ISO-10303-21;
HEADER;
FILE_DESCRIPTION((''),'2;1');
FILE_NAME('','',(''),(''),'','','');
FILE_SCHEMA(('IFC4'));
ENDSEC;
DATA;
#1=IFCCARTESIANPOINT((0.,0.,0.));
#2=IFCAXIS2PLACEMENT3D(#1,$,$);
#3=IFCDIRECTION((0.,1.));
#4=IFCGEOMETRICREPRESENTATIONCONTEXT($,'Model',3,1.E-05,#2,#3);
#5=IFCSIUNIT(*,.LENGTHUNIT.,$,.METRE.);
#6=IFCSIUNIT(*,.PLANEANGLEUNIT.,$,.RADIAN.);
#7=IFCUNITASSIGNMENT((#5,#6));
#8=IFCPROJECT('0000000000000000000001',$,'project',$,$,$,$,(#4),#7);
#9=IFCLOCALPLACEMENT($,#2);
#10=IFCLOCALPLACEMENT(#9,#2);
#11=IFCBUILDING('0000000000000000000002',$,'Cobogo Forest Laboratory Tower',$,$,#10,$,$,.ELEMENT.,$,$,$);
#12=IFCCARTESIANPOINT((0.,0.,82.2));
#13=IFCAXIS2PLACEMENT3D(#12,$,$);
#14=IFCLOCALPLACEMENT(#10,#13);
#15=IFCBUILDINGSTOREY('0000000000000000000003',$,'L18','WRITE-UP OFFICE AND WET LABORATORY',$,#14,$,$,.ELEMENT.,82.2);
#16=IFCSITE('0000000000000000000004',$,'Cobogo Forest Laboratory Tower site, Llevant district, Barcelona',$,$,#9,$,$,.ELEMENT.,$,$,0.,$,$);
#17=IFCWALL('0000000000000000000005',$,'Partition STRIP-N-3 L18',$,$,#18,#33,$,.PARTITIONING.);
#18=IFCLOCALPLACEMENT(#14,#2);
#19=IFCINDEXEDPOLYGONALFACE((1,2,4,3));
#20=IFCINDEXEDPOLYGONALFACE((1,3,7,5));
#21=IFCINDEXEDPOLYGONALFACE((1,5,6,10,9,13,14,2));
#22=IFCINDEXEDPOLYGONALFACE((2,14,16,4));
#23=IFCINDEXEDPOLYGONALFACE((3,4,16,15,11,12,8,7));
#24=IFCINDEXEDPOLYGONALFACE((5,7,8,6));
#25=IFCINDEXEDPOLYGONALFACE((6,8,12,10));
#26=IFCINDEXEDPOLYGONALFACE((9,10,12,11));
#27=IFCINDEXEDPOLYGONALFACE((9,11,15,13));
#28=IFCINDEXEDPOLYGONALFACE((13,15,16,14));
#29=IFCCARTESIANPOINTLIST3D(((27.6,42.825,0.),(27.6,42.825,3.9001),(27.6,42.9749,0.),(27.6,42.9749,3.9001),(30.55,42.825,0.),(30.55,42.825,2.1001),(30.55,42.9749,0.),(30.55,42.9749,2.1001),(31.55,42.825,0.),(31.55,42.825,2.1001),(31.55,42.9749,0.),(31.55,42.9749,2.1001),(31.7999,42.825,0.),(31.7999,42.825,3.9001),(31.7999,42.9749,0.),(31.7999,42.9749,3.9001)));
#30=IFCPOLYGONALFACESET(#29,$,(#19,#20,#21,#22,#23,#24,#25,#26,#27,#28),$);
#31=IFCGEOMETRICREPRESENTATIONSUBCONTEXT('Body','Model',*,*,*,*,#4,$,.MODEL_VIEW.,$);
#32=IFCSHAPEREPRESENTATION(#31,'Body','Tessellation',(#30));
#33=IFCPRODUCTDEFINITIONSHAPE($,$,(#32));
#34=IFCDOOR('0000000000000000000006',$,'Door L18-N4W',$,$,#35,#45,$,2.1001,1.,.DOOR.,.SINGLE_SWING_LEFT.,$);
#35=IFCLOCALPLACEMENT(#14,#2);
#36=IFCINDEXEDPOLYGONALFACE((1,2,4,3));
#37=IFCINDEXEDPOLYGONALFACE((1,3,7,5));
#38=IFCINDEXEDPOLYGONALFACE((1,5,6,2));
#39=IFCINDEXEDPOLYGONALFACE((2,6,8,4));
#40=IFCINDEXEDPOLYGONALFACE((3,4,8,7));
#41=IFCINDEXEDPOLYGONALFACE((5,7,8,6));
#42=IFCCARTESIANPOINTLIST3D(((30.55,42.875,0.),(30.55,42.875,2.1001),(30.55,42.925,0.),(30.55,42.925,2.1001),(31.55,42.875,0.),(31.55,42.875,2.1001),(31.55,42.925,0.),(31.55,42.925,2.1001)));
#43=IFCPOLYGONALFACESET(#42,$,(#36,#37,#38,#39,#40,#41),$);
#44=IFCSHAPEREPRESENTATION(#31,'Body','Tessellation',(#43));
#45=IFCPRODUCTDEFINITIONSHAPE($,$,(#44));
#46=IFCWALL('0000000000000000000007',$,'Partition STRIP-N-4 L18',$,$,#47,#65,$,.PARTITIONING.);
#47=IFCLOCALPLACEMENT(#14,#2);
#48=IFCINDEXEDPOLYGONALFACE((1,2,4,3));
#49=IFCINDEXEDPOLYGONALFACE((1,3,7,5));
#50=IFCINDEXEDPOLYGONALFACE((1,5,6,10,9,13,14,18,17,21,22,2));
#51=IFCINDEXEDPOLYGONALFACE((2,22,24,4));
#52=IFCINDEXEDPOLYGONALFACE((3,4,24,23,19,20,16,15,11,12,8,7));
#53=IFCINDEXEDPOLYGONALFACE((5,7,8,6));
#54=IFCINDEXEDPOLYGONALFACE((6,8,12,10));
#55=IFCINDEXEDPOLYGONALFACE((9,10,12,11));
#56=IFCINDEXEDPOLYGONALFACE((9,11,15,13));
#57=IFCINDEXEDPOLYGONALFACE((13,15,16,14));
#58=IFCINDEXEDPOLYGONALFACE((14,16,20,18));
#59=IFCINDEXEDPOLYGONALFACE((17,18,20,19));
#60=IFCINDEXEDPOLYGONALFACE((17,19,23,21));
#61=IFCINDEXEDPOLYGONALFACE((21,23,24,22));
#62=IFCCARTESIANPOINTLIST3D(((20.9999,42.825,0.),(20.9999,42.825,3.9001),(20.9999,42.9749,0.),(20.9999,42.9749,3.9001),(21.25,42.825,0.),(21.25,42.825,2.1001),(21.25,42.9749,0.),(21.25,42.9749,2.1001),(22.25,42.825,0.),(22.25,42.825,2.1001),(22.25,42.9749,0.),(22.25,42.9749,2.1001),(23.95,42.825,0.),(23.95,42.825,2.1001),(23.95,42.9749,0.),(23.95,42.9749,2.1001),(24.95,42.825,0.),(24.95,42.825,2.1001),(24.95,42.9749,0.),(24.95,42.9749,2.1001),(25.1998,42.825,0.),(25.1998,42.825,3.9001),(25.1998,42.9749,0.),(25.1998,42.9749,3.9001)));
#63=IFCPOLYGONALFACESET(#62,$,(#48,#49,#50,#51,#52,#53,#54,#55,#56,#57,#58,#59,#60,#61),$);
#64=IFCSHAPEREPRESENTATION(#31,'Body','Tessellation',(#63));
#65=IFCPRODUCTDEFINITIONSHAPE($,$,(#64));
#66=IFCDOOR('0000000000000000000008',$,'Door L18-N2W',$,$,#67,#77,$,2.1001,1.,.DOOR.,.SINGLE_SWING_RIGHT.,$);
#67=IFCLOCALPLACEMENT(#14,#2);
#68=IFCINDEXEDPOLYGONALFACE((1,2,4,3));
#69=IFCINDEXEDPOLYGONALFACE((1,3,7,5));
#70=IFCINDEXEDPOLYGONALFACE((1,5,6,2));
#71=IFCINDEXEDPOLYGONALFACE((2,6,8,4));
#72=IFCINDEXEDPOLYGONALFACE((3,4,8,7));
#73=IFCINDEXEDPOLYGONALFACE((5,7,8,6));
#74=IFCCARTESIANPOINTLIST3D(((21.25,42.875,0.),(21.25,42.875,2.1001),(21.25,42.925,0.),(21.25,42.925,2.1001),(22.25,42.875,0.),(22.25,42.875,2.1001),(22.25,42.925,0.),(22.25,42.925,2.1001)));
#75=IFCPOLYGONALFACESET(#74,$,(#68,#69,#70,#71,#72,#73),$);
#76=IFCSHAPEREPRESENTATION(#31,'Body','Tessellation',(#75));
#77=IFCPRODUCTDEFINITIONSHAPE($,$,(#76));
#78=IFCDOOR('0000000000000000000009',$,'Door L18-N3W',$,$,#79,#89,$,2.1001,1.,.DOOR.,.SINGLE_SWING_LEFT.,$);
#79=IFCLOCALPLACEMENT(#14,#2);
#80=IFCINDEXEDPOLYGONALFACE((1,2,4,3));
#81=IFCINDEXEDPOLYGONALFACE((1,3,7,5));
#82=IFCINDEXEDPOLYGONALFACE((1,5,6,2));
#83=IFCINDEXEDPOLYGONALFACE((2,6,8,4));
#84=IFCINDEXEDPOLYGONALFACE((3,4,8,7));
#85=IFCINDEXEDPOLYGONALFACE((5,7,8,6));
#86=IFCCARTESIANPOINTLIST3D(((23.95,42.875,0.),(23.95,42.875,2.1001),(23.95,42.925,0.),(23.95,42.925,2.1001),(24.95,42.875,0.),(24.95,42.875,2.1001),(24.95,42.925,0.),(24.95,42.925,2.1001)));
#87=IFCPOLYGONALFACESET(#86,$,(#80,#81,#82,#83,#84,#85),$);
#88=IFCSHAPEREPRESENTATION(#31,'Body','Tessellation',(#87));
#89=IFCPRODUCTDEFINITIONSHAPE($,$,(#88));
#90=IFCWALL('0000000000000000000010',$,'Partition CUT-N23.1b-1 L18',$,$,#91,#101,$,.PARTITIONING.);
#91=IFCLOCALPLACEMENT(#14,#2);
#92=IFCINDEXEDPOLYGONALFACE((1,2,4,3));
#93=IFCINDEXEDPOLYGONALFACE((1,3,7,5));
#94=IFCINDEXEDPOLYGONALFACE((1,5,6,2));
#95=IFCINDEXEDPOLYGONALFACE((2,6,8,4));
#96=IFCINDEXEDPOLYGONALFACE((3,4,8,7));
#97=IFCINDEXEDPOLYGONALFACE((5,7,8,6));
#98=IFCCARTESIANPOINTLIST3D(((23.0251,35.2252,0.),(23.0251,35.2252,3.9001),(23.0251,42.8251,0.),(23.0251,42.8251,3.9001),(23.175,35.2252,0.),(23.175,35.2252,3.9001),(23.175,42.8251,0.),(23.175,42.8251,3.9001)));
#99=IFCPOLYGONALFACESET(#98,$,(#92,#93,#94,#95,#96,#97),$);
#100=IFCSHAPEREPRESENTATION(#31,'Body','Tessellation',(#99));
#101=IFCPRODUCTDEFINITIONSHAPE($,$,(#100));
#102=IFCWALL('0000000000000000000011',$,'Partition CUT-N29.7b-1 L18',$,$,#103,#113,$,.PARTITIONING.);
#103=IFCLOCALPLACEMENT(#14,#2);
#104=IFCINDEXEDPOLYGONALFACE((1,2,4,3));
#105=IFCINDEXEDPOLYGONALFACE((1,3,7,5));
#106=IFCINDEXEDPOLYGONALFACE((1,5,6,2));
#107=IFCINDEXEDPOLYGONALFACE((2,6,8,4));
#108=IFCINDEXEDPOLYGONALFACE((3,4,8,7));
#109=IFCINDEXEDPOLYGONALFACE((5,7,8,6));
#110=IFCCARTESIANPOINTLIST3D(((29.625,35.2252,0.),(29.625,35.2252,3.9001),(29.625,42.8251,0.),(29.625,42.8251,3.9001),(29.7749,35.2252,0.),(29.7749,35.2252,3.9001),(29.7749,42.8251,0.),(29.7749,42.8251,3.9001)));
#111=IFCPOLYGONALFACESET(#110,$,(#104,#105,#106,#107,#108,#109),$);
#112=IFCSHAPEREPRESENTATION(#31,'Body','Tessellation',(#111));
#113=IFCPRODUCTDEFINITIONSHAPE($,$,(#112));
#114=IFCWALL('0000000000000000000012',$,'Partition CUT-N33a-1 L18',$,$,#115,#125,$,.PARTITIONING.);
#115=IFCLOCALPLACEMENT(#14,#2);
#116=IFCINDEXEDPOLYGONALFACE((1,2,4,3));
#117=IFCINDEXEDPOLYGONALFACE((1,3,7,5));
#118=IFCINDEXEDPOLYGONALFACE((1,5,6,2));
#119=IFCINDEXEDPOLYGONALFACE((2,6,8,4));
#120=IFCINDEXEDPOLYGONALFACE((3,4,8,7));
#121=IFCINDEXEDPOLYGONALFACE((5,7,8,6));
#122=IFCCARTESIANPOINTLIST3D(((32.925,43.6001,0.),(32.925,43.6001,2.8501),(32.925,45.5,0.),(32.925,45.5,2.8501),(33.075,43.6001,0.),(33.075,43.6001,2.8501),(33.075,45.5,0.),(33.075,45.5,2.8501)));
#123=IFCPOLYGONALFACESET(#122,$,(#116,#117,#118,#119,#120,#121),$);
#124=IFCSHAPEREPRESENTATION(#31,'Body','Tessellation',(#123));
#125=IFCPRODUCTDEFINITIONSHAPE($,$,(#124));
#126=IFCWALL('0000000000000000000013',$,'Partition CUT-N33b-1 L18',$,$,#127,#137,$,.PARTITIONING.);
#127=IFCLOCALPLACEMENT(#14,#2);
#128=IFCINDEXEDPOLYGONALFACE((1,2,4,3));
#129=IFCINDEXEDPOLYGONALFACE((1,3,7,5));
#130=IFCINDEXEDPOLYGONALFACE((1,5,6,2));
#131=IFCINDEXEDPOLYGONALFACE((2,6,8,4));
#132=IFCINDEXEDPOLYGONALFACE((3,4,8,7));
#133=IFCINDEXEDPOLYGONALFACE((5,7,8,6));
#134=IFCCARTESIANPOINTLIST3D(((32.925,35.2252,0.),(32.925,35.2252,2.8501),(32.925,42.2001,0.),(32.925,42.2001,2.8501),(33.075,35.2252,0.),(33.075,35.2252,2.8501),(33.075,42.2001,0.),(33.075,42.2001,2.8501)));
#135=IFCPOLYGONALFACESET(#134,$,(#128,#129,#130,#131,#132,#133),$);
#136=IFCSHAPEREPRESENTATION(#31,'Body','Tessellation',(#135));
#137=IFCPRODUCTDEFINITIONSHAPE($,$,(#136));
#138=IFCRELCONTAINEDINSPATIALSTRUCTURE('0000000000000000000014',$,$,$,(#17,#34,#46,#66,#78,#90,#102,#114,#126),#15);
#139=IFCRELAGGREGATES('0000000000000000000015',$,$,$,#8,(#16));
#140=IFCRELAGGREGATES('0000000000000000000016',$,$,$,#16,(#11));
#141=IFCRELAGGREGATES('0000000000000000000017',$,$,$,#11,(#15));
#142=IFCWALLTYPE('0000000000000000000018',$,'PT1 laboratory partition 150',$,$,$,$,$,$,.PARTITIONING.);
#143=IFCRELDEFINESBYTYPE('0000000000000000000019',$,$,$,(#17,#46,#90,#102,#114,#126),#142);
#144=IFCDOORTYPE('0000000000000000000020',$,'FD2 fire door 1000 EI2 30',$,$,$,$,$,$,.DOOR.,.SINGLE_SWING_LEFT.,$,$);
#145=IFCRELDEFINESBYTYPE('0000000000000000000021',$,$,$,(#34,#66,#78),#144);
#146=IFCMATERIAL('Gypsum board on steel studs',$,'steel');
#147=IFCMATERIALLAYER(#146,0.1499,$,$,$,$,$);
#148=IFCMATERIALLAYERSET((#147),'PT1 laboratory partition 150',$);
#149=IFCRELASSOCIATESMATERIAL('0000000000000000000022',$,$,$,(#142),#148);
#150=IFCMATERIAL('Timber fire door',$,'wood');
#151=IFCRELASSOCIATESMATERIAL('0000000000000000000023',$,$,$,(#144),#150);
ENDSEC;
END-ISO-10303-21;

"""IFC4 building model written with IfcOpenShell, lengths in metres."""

from ifc_helpers import new_model, si_unit, direction, frame, frame_2d, origin, place, context, subcontext, project, spatial, rectangle, extrude, material, layer, layer_set, type_object, element, fill, save


model = new_model("IFC4")

# Units and contexts
model_context = context("Model", 3, precision=1e-05, world=origin(), true_north=direction((0.0, 1.0)))
body_context = subcontext(model_context, "Body", "Model", "MODEL_VIEW")
ifc_project = project(units=[si_unit("LENGTHUNIT", "METRE"), si_unit("PLANEANGLEUNIT", "RADIAN")], contexts=[model_context])

# Site, building, storey
site_placement = place(None, origin())
site = spatial("IfcSite", under=ifc_project, at=site_placement, Name="Cobogo Forest Laboratory Tower site, Llevant district, Barcelona", CompositionType="ELEMENT", RefElevation=0.0)
building_placement = place(site_placement, origin())
building = spatial("IfcBuilding", under=site, at=building_placement, Name="Cobogo Forest Laboratory Tower", CompositionType="ELEMENT")
storey_placement = place(building_placement, frame((0.0, 0.0, 82.2)))
storey = spatial("IfcBuildingStorey", under=building, at=storey_placement, Name="L18", Description="WRITE-UP OFFICE AND WET LABORATORY", CompositionType="ELEMENT", Elevation=82.2)

# Wall, opening, door
ifc_material_1 = material(Name="Gypsum board on steel studs", Category="steel")
ifc_layer = layer(ifc_material_1, 0.1499)
ifc_layer_set = layer_set([ifc_layer], Name="PT1 laboratory partition 150")
wall_type = type_object("IfcWallType", Name="PT1 laboratory partition 150", PredefinedType="PARTITIONING", material=ifc_layer_set)
ifc_material_2 = material(Name="Timber fire door", Category="wood")
door_type = type_object("IfcDoorType", Name="FD2 fire door 1000 EI2 30", OperationType="SINGLE_SWING_LEFT", PredefinedType="DOOR", material=ifc_material_2)
wall_1_placement = place(storey_placement, frame((31.8, 42.8999, 0.0), z_axis=(0.0, 0.0, 1.0), x_axis=(-1.0, 0.0, 0.0)))
wall_1 = element("IfcWall", 1, at=wall_1_placement, inside=storey, type_object=wall_type, Name="Partition STRIP-N-3 L18", PredefinedType="PARTITIONING", context=body_context, shape_type="SweptSolid", body=[
    extrude(rectangle(XDim=4.2, YDim=0.1499, at=frame_2d((2.1001, 0.0))), origin(), (0.0, 0.0, 1.0), 3.9001),
])
opening_1_placement = place(wall_1_placement, frame((0.25, 0.0, 0.0)))
opening_1 = element("IfcOpeningElement", 2, at=opening_1_placement, cuts=wall_1, PredefinedType="OPENING", context=body_context, shape_type="SweptSolid", body=[
    extrude(rectangle(XDim=1.0, YDim=2.1001, at=frame_2d((0.5, 1.05))), frame((0.0, 0.085, 0.0), z_axis=(0.0, -1.0, 0.0), x_axis=(1.0, 0.0, 0.0)), (0.0, 0.0, 1.0), 0.1699),
])
door_1_placement = place(opening_1_placement, origin())
door_1 = element("IfcDoor", 3, at=door_1_placement, inside=storey, type_object=door_type, Name="Door L18-N4W", OperationType="SINGLE_SWING_LEFT", OverallHeight=2.1001, OverallWidth=1.0, PredefinedType="DOOR", context=body_context, shape_type="SweptSolid", body=[
    extrude(rectangle(XDim=1.0, YDim=2.1001, at=frame_2d((0.5, 1.05))), frame((0.0, 0.0249, 0.0), z_axis=(0.0, -1.0, 0.0), x_axis=(1.0, 0.0, 0.0)), (0.0, 0.0, 1.0), 0.05),
])
fill(opening_1, door_1)

# Wall, openings, doors
wall_2_placement = place(storey_placement, frame((25.2, 42.8999, 0.0), z_axis=(0.0, 0.0, 1.0), x_axis=(-1.0, 0.0, 0.0)))
wall_2 = element("IfcWall", 4, at=wall_2_placement, inside=storey, type_object=wall_type, Name="Partition STRIP-N-4 L18", PredefinedType="PARTITIONING", context=body_context, shape_type="SweptSolid", body=[
    extrude(rectangle(XDim=4.2, YDim=0.1499, at=frame_2d((2.1001, 0.0))), origin(), (0.0, 0.0, 1.0), 3.9001),
])
opening_2_placement = place(wall_2_placement, frame((2.95, 0.0, 0.0)))
opening_2 = element("IfcOpeningElement", 5, at=opening_2_placement, cuts=wall_2, PredefinedType="OPENING", context=body_context, shape_type="SweptSolid", body=[
    extrude(rectangle(XDim=1.0, YDim=2.1001, at=frame_2d((0.5, 1.05))), frame((0.0, 0.085, 0.0), z_axis=(0.0, -1.0, 0.0), x_axis=(1.0, 0.0, 0.0)), (0.0, 0.0, 1.0), 0.1699),
])
opening_3_placement = place(wall_2_placement, frame((0.25, 0.0, 0.0)))
opening_3 = element("IfcOpeningElement", 6, at=opening_3_placement, cuts=wall_2, PredefinedType="OPENING", context=body_context, shape_type="SweptSolid", body=[
    extrude(rectangle(XDim=1.0, YDim=2.1001, at=frame_2d((0.5, 1.05))), frame((0.0, 0.085, 0.0), z_axis=(0.0, -1.0, 0.0), x_axis=(1.0, 0.0, 0.0)), (0.0, 0.0, 1.0), 0.1699),
])
door_2_placement = place(opening_2_placement, origin())
door_2 = element("IfcDoor", 7, at=door_2_placement, inside=storey, type_object=door_type, Name="Door L18-N2W", OperationType="SINGLE_SWING_RIGHT", OverallHeight=2.1001, OverallWidth=1.0, PredefinedType="DOOR", context=body_context, shape_type="SweptSolid", body=[
    extrude(rectangle(XDim=1.0, YDim=2.1001, at=frame_2d((0.5, 1.05))), frame((0.0, 0.0249, 0.0), z_axis=(0.0, -1.0, 0.0), x_axis=(1.0, 0.0, 0.0)), (0.0, 0.0, 1.0), 0.05),
])
fill(opening_2, door_2)
door_3_placement = place(opening_3_placement, origin())
door_3 = element("IfcDoor", 8, at=door_3_placement, inside=storey, type_object=door_type, Name="Door L18-N3W", OperationType="SINGLE_SWING_LEFT", OverallHeight=2.1001, OverallWidth=1.0, PredefinedType="DOOR", context=body_context, shape_type="SweptSolid", body=[
    extrude(rectangle(XDim=1.0, YDim=2.1001, at=frame_2d((0.5, 1.05))), frame((0.0, 0.0249, 0.0), z_axis=(0.0, -1.0, 0.0), x_axis=(1.0, 0.0, 0.0)), (0.0, 0.0, 1.0), 0.05),
])
fill(opening_3, door_3)

# Walls
for number, where, z_axis, x_axis, name in (
    (9, (23.1001, 42.825, 0.0), (0.0, 0.0, 1.0), (0.0, -1.0, 0.0), "Partition CUT-N23.1b-1 L18"),
    (10, (29.7, 42.825, 0.0), (0.0, 0.0, 1.0), (0.0, -1.0, 0.0), "Partition CUT-N29.7b-1 L18"),
):
    element("IfcWall", number, at=place(storey_placement, frame(where, z_axis=z_axis, x_axis=x_axis)), inside=storey, type_object=wall_type, Name=name, PredefinedType="PARTITIONING", context=body_context, shape_type="SweptSolid", body=[
        extrude(rectangle(XDim=7.5999, YDim=0.1499, at=frame_2d((3.7998, 0.0))), origin(), (0.0, 0.0, 1.0), 3.9001),
    ])
wall_3_placement = place(storey_placement, frame((33.0, 45.5, 0.0), z_axis=(0.0, 0.0, 1.0), x_axis=(0.0, -1.0, 0.0)))
element("IfcWall", 11, at=wall_3_placement, inside=storey, type_object=wall_type, Name="Partition CUT-N33a-1 L18", PredefinedType="PARTITIONING", context=body_context, shape_type="SweptSolid", body=[
    extrude(rectangle(XDim=1.8999, YDim=0.1499, at=frame_2d((0.95, 0.0))), origin(), (0.0, 0.0, 1.0), 2.8501),
])
wall_4_placement = place(storey_placement, frame((33.0, 42.2, 0.0), z_axis=(0.0, 0.0, 1.0), x_axis=(0.0, -1.0, 0.0)))
element("IfcWall", 12, at=wall_4_placement, inside=storey, type_object=wall_type, Name="Partition CUT-N33b-1 L18", PredefinedType="PARTITIONING", context=body_context, shape_type="SweptSolid", body=[
    extrude(rectangle(XDim=6.9749, YDim=0.1499, at=frame_2d((3.4873, 0.0))), origin(), (0.0, 0.0, 1.0), 2.8501),
])

save(model, "model.ifc")
